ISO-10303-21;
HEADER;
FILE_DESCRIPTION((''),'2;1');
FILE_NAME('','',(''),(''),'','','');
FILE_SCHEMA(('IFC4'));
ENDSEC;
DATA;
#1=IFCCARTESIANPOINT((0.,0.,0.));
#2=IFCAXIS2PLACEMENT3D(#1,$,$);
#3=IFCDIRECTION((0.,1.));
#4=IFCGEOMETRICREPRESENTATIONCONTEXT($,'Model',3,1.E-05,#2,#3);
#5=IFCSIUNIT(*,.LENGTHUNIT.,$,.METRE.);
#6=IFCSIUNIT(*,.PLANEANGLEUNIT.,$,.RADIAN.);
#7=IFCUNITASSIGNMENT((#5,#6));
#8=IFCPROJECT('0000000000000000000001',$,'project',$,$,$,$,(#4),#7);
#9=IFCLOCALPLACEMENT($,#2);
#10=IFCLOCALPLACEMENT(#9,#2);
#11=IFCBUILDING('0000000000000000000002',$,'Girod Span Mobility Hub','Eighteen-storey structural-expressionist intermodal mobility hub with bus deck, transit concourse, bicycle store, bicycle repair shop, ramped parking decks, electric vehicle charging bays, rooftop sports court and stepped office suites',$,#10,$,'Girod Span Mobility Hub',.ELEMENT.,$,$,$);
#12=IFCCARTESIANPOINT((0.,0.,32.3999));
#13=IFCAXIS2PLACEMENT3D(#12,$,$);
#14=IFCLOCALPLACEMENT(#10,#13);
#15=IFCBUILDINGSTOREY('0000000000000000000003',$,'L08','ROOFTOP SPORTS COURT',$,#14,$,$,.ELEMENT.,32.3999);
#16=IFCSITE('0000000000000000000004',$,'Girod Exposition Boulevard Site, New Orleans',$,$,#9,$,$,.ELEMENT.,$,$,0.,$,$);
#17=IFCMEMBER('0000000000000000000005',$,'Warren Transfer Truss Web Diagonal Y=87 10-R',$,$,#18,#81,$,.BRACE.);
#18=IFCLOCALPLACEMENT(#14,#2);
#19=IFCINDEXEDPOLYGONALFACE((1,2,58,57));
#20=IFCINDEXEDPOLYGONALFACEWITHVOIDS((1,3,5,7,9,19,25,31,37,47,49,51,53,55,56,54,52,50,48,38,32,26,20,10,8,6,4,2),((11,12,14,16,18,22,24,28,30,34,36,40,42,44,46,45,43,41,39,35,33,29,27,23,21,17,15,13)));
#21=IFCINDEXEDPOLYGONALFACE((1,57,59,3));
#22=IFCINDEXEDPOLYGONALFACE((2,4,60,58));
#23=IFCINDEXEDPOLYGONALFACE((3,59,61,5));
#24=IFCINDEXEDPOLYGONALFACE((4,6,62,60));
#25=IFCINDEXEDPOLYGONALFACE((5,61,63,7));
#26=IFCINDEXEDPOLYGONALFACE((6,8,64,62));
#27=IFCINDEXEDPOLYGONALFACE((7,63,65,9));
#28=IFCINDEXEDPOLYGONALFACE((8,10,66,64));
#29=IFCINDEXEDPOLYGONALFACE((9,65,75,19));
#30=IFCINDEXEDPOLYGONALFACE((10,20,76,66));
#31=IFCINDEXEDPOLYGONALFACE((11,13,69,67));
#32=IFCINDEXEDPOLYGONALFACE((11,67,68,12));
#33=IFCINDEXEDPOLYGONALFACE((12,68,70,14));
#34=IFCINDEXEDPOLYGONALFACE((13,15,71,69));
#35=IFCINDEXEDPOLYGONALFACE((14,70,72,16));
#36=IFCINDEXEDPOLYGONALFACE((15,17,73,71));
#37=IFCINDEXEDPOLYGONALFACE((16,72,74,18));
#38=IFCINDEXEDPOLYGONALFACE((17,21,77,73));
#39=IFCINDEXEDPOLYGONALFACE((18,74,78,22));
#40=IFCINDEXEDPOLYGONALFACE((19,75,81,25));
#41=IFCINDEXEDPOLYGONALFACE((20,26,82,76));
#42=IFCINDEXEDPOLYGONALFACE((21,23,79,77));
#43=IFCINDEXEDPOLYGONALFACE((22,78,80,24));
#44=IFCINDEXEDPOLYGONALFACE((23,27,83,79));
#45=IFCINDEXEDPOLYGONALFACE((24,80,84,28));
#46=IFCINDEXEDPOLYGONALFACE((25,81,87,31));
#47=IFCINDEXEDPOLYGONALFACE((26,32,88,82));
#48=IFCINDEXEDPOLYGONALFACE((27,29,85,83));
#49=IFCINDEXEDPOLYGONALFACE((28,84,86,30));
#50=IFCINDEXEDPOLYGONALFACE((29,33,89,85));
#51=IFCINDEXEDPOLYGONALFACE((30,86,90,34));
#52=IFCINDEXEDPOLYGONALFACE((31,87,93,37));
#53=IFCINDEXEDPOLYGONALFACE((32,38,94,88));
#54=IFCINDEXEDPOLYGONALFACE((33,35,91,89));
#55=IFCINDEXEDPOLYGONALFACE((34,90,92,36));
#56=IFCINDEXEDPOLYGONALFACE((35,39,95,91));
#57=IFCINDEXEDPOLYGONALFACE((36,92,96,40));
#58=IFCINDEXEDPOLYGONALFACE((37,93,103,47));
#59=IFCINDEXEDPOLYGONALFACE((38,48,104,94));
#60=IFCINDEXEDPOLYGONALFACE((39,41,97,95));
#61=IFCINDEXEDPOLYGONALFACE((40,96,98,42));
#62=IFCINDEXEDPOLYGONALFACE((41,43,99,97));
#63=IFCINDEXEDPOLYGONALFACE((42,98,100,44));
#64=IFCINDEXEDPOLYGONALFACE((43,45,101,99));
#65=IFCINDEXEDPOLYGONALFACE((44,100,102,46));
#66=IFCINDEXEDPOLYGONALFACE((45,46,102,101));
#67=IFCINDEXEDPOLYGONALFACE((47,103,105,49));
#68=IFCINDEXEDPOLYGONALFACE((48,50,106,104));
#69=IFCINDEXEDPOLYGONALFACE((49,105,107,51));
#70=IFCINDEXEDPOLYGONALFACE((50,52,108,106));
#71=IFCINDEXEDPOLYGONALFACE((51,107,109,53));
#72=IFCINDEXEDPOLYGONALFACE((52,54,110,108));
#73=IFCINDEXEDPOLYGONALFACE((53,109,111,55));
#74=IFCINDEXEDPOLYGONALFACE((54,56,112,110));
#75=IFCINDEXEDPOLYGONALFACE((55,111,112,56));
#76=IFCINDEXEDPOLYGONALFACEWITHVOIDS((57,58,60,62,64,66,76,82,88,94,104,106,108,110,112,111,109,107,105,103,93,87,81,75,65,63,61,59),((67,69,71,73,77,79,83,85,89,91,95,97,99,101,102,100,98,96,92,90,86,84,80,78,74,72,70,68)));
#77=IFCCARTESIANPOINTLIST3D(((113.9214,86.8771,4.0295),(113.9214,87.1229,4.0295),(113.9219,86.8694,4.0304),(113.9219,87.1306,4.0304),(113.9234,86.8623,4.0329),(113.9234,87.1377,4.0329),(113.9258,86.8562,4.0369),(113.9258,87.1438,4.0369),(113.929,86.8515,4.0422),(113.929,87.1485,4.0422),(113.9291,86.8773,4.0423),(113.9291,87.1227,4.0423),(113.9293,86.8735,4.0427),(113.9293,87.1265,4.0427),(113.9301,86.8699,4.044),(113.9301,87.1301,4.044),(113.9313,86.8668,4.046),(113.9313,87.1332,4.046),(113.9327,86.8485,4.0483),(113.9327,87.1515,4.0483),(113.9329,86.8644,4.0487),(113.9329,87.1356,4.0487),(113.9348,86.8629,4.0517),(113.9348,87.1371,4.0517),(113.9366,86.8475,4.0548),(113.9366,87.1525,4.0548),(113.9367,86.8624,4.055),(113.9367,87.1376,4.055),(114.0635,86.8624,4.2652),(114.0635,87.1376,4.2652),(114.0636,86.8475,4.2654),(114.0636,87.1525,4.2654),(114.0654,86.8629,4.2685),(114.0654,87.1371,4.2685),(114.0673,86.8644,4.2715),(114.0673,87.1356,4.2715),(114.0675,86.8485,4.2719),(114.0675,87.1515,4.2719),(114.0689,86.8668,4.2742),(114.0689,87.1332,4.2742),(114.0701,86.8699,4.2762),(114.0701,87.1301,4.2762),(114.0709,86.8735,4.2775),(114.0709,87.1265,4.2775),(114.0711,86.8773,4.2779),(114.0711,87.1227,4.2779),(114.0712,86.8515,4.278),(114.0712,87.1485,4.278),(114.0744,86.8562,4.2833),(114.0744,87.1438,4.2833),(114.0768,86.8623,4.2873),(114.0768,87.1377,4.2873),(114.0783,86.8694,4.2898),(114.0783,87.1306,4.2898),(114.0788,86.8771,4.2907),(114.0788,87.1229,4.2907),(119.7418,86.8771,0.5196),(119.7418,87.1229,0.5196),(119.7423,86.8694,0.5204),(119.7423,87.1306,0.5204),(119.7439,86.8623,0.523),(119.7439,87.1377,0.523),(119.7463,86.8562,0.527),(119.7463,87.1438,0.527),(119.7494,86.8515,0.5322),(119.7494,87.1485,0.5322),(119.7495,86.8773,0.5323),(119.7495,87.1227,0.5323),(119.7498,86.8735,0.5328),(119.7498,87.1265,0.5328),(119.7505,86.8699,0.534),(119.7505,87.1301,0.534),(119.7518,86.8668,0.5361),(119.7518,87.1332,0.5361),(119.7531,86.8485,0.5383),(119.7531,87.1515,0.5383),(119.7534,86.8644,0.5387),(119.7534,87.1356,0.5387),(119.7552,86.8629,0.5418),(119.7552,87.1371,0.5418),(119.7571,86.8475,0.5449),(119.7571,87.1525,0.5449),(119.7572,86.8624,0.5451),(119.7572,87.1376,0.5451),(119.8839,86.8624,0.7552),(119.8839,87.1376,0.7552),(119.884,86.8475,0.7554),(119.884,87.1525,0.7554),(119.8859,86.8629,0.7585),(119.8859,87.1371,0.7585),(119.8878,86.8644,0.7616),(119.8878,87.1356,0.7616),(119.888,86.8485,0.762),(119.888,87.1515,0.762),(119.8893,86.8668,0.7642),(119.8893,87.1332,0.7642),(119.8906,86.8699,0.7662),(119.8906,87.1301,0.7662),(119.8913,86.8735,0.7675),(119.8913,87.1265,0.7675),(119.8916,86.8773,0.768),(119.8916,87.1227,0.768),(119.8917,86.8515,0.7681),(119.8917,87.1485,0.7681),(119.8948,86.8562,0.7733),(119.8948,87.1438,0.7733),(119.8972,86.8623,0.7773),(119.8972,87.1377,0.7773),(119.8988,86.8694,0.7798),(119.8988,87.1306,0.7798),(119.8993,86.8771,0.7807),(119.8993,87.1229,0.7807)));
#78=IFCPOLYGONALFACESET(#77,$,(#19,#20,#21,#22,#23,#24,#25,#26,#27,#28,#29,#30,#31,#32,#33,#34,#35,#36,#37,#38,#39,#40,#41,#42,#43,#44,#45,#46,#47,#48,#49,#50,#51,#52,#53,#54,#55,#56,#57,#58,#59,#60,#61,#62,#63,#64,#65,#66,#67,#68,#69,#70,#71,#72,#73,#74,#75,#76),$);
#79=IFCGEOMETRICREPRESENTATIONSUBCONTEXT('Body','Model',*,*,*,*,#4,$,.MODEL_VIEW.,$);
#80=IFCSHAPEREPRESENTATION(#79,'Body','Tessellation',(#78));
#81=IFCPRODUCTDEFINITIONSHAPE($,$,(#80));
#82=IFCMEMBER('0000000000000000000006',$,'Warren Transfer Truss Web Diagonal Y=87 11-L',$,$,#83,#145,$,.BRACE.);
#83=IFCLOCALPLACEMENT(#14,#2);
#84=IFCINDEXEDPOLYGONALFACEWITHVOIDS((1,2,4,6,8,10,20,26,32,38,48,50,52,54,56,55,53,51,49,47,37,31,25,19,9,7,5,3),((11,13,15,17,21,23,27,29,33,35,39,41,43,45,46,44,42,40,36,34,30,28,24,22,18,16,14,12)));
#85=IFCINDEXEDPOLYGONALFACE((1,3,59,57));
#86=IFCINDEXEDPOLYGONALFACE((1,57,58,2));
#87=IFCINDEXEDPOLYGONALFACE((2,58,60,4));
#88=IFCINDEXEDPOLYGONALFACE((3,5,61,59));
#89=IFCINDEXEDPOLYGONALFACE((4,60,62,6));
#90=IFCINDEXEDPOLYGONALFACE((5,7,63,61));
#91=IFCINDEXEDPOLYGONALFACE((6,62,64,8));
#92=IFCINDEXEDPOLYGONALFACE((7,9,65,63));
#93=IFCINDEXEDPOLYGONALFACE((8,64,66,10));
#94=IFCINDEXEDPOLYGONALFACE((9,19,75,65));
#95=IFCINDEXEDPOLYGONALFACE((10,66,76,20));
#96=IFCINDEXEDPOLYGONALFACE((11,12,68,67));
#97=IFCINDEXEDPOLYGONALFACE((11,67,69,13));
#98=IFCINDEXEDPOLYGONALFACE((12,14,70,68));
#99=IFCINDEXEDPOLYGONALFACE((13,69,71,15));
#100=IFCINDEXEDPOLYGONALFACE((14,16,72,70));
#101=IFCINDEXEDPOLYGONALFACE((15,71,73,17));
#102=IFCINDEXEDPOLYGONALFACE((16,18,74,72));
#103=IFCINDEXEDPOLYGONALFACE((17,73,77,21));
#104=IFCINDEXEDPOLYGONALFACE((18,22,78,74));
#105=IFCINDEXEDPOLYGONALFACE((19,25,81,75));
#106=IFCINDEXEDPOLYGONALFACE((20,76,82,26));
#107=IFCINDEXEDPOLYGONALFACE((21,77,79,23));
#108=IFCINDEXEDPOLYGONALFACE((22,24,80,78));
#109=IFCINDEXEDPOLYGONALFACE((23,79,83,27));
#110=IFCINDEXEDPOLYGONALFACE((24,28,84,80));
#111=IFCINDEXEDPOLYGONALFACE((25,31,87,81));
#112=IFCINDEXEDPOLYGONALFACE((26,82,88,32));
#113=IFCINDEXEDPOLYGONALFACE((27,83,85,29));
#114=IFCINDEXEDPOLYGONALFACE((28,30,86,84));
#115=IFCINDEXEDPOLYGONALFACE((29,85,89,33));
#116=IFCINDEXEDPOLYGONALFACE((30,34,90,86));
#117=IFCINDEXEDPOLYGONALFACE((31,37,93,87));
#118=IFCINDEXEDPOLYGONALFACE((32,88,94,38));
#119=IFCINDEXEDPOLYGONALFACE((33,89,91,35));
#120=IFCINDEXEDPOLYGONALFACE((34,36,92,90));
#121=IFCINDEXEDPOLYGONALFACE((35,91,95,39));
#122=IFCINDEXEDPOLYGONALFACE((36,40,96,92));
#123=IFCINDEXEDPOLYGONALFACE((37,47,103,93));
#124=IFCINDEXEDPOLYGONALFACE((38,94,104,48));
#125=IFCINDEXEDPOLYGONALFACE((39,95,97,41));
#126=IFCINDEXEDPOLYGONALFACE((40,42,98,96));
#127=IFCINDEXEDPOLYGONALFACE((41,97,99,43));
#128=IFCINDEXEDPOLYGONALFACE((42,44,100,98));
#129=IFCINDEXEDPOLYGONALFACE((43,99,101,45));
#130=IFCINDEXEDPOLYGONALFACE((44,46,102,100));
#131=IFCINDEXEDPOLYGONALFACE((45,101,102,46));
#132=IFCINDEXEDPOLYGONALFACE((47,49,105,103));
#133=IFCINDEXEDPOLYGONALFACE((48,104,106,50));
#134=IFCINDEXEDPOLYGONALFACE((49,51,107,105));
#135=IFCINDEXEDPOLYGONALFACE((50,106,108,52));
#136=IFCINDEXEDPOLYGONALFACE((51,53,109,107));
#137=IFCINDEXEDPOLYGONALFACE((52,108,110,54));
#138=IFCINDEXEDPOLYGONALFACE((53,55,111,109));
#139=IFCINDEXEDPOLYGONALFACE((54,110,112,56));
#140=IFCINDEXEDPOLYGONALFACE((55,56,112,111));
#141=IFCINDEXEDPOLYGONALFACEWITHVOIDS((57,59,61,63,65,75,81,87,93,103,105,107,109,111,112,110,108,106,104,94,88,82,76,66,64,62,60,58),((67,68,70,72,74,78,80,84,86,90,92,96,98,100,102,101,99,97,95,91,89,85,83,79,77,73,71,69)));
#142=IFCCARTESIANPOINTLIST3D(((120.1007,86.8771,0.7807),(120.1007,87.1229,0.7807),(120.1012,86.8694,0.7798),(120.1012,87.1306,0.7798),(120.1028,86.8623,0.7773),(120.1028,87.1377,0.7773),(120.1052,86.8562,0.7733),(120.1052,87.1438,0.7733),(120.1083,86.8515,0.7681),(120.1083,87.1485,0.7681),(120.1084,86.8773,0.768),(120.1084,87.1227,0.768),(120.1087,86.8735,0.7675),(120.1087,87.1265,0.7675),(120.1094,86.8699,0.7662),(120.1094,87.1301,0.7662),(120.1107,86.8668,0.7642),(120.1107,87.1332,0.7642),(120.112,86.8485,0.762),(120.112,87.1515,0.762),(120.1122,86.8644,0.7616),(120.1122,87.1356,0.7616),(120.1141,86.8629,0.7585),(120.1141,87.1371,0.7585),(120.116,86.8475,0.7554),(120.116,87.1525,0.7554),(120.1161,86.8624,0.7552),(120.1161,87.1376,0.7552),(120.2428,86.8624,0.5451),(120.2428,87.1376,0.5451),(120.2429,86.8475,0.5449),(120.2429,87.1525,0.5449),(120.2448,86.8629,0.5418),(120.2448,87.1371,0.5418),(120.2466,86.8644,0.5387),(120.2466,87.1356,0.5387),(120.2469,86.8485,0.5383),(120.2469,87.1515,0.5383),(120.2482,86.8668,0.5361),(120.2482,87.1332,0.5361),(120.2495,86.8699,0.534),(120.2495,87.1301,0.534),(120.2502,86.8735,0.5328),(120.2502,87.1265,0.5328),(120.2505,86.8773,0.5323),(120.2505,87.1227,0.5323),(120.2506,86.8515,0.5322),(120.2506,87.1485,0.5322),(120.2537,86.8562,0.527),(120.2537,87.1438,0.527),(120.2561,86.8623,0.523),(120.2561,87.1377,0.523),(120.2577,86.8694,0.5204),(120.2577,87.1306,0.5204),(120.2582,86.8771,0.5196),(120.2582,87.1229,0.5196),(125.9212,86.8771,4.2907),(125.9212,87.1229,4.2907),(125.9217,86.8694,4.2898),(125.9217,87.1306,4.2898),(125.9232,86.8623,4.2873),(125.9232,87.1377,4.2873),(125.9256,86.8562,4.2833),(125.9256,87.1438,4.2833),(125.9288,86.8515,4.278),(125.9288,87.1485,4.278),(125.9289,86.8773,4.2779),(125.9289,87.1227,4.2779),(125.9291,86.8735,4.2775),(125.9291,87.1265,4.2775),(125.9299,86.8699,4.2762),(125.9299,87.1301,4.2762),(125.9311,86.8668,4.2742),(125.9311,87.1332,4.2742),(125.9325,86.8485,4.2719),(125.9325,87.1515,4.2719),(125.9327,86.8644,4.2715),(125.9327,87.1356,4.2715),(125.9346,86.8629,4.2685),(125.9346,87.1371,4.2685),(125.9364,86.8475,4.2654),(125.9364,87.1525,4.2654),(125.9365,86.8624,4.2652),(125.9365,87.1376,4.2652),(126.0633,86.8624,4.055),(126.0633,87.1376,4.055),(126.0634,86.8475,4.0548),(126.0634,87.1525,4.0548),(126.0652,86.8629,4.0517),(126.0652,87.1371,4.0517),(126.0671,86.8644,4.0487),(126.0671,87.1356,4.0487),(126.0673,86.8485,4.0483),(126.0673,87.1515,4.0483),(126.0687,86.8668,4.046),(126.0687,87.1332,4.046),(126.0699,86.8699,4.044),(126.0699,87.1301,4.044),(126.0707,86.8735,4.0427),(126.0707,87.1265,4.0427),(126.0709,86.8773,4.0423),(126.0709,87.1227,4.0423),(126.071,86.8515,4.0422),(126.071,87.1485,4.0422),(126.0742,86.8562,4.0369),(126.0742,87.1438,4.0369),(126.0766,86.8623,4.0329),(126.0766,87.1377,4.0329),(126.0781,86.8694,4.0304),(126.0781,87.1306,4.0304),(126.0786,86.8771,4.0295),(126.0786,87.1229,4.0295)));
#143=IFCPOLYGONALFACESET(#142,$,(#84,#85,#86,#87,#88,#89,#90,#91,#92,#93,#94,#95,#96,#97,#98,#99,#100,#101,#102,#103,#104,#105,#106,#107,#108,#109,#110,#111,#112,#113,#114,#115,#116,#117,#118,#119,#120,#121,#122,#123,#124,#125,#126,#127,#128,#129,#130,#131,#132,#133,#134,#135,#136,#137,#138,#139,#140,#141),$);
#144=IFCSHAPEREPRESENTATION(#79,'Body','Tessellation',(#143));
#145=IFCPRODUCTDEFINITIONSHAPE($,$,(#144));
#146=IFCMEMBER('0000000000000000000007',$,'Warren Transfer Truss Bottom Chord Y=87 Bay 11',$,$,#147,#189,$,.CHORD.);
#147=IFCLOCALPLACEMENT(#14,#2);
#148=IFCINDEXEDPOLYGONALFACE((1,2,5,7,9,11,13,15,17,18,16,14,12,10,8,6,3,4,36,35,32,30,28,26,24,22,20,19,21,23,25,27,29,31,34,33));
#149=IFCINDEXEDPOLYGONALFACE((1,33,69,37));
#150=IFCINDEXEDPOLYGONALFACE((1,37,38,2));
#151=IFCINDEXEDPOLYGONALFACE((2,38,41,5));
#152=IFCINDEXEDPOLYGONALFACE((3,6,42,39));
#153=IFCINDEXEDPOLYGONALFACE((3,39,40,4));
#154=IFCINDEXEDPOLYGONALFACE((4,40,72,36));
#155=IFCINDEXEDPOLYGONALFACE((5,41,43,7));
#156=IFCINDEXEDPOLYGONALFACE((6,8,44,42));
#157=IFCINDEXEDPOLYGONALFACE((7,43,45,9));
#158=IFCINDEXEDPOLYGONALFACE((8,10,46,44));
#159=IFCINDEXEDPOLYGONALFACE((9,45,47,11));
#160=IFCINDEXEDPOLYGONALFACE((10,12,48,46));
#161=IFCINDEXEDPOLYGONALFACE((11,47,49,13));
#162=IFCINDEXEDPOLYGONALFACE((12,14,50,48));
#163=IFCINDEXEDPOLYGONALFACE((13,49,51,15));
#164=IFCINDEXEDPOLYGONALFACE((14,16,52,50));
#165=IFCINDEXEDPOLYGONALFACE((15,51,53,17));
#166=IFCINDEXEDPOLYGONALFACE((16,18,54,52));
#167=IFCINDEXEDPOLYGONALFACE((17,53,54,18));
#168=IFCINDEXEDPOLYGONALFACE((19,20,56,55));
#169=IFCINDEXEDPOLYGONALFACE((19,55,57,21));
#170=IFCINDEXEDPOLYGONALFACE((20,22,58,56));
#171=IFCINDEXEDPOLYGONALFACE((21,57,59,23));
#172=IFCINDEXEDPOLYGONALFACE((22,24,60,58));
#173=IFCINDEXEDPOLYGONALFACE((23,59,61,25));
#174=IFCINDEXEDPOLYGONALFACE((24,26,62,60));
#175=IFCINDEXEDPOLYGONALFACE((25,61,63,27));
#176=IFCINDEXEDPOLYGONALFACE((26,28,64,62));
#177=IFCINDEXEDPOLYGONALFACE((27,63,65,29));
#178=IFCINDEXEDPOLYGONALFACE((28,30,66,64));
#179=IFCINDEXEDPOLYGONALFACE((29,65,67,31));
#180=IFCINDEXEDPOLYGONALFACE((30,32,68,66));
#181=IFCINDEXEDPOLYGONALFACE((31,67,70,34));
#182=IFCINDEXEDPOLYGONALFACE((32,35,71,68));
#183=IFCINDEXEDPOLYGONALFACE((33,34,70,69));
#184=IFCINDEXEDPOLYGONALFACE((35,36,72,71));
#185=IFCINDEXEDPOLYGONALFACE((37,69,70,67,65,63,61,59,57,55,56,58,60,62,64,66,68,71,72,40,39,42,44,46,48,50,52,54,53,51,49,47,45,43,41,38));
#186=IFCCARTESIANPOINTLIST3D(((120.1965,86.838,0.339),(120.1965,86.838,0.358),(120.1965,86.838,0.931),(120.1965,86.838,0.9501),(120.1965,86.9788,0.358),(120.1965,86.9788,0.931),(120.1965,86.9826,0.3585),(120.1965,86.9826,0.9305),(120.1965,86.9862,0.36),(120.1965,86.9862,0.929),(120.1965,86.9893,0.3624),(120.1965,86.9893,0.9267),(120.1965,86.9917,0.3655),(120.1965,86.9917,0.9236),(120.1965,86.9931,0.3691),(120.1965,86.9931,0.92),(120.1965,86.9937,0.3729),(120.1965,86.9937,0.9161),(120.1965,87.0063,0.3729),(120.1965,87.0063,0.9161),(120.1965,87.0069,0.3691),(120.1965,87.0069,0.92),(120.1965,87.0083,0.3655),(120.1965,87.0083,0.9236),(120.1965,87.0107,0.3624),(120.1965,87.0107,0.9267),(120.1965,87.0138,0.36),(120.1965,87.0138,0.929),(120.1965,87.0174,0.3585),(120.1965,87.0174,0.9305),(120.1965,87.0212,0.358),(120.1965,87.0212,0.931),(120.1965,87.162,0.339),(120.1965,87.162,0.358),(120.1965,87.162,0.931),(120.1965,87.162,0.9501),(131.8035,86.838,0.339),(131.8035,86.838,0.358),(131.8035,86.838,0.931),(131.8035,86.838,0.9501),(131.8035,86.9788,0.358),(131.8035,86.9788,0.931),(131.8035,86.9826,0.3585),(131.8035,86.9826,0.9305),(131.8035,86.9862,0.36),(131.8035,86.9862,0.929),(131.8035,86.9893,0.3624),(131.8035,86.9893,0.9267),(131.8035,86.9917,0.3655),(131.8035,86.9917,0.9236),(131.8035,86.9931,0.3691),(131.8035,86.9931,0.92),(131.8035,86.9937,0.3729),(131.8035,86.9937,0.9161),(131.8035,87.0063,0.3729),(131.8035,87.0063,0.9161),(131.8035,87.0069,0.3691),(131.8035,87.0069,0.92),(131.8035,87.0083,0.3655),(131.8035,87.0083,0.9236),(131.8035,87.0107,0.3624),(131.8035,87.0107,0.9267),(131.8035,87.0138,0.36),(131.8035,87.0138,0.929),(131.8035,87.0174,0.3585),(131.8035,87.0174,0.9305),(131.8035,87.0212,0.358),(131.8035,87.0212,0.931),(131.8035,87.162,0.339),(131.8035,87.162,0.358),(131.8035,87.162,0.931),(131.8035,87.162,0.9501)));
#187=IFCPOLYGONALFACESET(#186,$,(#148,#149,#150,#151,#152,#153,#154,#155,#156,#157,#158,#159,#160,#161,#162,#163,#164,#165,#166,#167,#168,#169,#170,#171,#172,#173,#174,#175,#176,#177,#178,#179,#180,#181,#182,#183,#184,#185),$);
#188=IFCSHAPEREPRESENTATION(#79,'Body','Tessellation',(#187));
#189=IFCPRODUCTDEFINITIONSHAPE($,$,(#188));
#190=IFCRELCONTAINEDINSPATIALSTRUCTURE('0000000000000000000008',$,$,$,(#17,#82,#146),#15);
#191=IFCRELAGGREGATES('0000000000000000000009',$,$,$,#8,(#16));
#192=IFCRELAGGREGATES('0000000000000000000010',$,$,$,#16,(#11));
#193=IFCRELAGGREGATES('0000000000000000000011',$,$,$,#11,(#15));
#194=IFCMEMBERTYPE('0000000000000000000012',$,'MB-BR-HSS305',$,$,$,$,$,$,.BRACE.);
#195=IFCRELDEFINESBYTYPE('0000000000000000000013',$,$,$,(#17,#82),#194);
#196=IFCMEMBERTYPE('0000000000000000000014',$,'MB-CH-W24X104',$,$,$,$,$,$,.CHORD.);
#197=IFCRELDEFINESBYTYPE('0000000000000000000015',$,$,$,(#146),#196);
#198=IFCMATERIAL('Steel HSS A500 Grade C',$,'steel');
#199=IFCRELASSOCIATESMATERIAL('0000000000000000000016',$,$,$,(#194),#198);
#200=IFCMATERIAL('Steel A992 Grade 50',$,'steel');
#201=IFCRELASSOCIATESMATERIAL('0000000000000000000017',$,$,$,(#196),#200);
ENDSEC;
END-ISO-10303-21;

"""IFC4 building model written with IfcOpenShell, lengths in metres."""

from ifc_helpers import new_model, si_unit, direction, frame, origin, origin_2d, place, context, subcontext, project, spatial, hollow_rectangle, i_section, extrude, material, material_profile, profile_set, type_object, element, save


model = new_model("IFC4")

# Units and contexts
model_context = context("Model", 3, precision=1e-05, world=origin(), true_north=direction((0.0, 1.0)))
body_context = subcontext(model_context, "Body", "Model", "MODEL_VIEW")
ifc_project = project(units=[si_unit("LENGTHUNIT", "METRE"), si_unit("PLANEANGLEUNIT", "RADIAN")], contexts=[model_context])

# Site, building, storey
site_placement = place(None, origin())
site = spatial("IfcSite", under=ifc_project, at=site_placement, Name="Girod Exposition Boulevard Site, New Orleans", CompositionType="ELEMENT", RefElevation=0.0)
building_placement = place(site_placement, origin())
building = spatial("IfcBuilding", under=site, at=building_placement, Name="Girod Span Mobility Hub", Description="Eighteen-storey structural-expressionist intermodal mobility hub with bus deck, transit concourse, bicycle store, bicycle repair shop, ramped parking decks, electric vehicle charging bays, rooftop sports court and stepped office suites", LongName="Girod Span Mobility Hub", CompositionType="ELEMENT")
storey_placement = place(building_placement, frame((0.0, 0.0, 32.3999)))
storey = spatial("IfcBuildingStorey", under=building, at=storey_placement, Name="L08", Description="ROOFTOP SPORTS COURT", CompositionType="ELEMENT", Elevation=32.3999)

# Members
ifc_material_1 = material(Name="Steel HSS A500 Grade C", Category="steel")
ifc_material_profile_1 = material_profile(ifc_material_1, hollow_rectangle(XDim=0.3049, YDim=0.3049, WallThickness=0.0149, InnerFilletRadius=0.0149, OuterFilletRadius=0.0295, at=origin_2d()), Name="HSS305X305X16")
ifc_profile_set_1 = profile_set([ifc_material_profile_1], Name="Steel HSS A500 Grade C")
member_type_1 = type_object("IfcMemberType", Name="MB-BR-HSS305", PredefinedType="BRACE", material=ifc_profile_set_1)
for number, where, z_axis, x_axis, name in (
    (1, (119.8206, 87.0, 0.6501), (-0.856344, 0.0, 0.516407), (0.0, -1.0, 0.0), "Warren Transfer Truss Web Diagonal Y=87 10-R"),
    (2, (120.1794, 87.0, 0.6501), (0.856344, 0.0, 0.516407), (0.0, 1.0, 0.0), "Warren Transfer Truss Web Diagonal Y=87 11-L"),
):
    element("IfcMember", number, at=place(storey_placement, frame(where, z_axis=z_axis, x_axis=x_axis)), inside=storey, type_object=member_type_1, Name=name, PredefinedType="BRACE", context=body_context, shape_type="SweptSolid", body=[
        extrude(hollow_rectangle(XDim=0.3049, YDim=0.3049, WallThickness=0.0149, InnerFilletRadius=0.0149, OuterFilletRadius=0.0295, at=origin_2d()), origin(), (0.0, 0.0, 1.0), 6.7969),
    ])
ifc_material_2 = material(Name="Steel A992 Grade 50", Category="steel")
ifc_material_profile_2 = material_profile(ifc_material_2, i_section(OverallWidth=0.324, OverallDepth=0.6111, WebThickness=0.0127, FlangeThickness=0.019, FilletRadius=0.0149, at=origin_2d()), Name="W24X104")
ifc_profile_set_2 = profile_set([ifc_material_profile_2], Name="Steel A992 Grade 50")
member_type_2 = type_object("IfcMemberType", Name="MB-CH-W24X104", PredefinedType="CHORD", material=ifc_profile_set_2)
member_1_placement = place(storey_placement, frame((120.1965, 87.0, 0.6445), z_axis=(1.0, 0.0, 0.0), x_axis=(0.0, 1.0, 0.0)))
element("IfcMember", 3, at=member_1_placement, inside=storey, type_object=member_type_2, Name="Warren Transfer Truss Bottom Chord Y=87 Bay 11", PredefinedType="CHORD", context=body_context, shape_type="SweptSolid", body=[
    extrude(i_section(OverallWidth=0.324, OverallDepth=0.6111, WebThickness=0.0127, FlangeThickness=0.019, FilletRadius=0.0149, at=origin_2d()), origin(), (0.0, 0.0, 1.0), 11.6069),
])

save(model, "model.ifc")
